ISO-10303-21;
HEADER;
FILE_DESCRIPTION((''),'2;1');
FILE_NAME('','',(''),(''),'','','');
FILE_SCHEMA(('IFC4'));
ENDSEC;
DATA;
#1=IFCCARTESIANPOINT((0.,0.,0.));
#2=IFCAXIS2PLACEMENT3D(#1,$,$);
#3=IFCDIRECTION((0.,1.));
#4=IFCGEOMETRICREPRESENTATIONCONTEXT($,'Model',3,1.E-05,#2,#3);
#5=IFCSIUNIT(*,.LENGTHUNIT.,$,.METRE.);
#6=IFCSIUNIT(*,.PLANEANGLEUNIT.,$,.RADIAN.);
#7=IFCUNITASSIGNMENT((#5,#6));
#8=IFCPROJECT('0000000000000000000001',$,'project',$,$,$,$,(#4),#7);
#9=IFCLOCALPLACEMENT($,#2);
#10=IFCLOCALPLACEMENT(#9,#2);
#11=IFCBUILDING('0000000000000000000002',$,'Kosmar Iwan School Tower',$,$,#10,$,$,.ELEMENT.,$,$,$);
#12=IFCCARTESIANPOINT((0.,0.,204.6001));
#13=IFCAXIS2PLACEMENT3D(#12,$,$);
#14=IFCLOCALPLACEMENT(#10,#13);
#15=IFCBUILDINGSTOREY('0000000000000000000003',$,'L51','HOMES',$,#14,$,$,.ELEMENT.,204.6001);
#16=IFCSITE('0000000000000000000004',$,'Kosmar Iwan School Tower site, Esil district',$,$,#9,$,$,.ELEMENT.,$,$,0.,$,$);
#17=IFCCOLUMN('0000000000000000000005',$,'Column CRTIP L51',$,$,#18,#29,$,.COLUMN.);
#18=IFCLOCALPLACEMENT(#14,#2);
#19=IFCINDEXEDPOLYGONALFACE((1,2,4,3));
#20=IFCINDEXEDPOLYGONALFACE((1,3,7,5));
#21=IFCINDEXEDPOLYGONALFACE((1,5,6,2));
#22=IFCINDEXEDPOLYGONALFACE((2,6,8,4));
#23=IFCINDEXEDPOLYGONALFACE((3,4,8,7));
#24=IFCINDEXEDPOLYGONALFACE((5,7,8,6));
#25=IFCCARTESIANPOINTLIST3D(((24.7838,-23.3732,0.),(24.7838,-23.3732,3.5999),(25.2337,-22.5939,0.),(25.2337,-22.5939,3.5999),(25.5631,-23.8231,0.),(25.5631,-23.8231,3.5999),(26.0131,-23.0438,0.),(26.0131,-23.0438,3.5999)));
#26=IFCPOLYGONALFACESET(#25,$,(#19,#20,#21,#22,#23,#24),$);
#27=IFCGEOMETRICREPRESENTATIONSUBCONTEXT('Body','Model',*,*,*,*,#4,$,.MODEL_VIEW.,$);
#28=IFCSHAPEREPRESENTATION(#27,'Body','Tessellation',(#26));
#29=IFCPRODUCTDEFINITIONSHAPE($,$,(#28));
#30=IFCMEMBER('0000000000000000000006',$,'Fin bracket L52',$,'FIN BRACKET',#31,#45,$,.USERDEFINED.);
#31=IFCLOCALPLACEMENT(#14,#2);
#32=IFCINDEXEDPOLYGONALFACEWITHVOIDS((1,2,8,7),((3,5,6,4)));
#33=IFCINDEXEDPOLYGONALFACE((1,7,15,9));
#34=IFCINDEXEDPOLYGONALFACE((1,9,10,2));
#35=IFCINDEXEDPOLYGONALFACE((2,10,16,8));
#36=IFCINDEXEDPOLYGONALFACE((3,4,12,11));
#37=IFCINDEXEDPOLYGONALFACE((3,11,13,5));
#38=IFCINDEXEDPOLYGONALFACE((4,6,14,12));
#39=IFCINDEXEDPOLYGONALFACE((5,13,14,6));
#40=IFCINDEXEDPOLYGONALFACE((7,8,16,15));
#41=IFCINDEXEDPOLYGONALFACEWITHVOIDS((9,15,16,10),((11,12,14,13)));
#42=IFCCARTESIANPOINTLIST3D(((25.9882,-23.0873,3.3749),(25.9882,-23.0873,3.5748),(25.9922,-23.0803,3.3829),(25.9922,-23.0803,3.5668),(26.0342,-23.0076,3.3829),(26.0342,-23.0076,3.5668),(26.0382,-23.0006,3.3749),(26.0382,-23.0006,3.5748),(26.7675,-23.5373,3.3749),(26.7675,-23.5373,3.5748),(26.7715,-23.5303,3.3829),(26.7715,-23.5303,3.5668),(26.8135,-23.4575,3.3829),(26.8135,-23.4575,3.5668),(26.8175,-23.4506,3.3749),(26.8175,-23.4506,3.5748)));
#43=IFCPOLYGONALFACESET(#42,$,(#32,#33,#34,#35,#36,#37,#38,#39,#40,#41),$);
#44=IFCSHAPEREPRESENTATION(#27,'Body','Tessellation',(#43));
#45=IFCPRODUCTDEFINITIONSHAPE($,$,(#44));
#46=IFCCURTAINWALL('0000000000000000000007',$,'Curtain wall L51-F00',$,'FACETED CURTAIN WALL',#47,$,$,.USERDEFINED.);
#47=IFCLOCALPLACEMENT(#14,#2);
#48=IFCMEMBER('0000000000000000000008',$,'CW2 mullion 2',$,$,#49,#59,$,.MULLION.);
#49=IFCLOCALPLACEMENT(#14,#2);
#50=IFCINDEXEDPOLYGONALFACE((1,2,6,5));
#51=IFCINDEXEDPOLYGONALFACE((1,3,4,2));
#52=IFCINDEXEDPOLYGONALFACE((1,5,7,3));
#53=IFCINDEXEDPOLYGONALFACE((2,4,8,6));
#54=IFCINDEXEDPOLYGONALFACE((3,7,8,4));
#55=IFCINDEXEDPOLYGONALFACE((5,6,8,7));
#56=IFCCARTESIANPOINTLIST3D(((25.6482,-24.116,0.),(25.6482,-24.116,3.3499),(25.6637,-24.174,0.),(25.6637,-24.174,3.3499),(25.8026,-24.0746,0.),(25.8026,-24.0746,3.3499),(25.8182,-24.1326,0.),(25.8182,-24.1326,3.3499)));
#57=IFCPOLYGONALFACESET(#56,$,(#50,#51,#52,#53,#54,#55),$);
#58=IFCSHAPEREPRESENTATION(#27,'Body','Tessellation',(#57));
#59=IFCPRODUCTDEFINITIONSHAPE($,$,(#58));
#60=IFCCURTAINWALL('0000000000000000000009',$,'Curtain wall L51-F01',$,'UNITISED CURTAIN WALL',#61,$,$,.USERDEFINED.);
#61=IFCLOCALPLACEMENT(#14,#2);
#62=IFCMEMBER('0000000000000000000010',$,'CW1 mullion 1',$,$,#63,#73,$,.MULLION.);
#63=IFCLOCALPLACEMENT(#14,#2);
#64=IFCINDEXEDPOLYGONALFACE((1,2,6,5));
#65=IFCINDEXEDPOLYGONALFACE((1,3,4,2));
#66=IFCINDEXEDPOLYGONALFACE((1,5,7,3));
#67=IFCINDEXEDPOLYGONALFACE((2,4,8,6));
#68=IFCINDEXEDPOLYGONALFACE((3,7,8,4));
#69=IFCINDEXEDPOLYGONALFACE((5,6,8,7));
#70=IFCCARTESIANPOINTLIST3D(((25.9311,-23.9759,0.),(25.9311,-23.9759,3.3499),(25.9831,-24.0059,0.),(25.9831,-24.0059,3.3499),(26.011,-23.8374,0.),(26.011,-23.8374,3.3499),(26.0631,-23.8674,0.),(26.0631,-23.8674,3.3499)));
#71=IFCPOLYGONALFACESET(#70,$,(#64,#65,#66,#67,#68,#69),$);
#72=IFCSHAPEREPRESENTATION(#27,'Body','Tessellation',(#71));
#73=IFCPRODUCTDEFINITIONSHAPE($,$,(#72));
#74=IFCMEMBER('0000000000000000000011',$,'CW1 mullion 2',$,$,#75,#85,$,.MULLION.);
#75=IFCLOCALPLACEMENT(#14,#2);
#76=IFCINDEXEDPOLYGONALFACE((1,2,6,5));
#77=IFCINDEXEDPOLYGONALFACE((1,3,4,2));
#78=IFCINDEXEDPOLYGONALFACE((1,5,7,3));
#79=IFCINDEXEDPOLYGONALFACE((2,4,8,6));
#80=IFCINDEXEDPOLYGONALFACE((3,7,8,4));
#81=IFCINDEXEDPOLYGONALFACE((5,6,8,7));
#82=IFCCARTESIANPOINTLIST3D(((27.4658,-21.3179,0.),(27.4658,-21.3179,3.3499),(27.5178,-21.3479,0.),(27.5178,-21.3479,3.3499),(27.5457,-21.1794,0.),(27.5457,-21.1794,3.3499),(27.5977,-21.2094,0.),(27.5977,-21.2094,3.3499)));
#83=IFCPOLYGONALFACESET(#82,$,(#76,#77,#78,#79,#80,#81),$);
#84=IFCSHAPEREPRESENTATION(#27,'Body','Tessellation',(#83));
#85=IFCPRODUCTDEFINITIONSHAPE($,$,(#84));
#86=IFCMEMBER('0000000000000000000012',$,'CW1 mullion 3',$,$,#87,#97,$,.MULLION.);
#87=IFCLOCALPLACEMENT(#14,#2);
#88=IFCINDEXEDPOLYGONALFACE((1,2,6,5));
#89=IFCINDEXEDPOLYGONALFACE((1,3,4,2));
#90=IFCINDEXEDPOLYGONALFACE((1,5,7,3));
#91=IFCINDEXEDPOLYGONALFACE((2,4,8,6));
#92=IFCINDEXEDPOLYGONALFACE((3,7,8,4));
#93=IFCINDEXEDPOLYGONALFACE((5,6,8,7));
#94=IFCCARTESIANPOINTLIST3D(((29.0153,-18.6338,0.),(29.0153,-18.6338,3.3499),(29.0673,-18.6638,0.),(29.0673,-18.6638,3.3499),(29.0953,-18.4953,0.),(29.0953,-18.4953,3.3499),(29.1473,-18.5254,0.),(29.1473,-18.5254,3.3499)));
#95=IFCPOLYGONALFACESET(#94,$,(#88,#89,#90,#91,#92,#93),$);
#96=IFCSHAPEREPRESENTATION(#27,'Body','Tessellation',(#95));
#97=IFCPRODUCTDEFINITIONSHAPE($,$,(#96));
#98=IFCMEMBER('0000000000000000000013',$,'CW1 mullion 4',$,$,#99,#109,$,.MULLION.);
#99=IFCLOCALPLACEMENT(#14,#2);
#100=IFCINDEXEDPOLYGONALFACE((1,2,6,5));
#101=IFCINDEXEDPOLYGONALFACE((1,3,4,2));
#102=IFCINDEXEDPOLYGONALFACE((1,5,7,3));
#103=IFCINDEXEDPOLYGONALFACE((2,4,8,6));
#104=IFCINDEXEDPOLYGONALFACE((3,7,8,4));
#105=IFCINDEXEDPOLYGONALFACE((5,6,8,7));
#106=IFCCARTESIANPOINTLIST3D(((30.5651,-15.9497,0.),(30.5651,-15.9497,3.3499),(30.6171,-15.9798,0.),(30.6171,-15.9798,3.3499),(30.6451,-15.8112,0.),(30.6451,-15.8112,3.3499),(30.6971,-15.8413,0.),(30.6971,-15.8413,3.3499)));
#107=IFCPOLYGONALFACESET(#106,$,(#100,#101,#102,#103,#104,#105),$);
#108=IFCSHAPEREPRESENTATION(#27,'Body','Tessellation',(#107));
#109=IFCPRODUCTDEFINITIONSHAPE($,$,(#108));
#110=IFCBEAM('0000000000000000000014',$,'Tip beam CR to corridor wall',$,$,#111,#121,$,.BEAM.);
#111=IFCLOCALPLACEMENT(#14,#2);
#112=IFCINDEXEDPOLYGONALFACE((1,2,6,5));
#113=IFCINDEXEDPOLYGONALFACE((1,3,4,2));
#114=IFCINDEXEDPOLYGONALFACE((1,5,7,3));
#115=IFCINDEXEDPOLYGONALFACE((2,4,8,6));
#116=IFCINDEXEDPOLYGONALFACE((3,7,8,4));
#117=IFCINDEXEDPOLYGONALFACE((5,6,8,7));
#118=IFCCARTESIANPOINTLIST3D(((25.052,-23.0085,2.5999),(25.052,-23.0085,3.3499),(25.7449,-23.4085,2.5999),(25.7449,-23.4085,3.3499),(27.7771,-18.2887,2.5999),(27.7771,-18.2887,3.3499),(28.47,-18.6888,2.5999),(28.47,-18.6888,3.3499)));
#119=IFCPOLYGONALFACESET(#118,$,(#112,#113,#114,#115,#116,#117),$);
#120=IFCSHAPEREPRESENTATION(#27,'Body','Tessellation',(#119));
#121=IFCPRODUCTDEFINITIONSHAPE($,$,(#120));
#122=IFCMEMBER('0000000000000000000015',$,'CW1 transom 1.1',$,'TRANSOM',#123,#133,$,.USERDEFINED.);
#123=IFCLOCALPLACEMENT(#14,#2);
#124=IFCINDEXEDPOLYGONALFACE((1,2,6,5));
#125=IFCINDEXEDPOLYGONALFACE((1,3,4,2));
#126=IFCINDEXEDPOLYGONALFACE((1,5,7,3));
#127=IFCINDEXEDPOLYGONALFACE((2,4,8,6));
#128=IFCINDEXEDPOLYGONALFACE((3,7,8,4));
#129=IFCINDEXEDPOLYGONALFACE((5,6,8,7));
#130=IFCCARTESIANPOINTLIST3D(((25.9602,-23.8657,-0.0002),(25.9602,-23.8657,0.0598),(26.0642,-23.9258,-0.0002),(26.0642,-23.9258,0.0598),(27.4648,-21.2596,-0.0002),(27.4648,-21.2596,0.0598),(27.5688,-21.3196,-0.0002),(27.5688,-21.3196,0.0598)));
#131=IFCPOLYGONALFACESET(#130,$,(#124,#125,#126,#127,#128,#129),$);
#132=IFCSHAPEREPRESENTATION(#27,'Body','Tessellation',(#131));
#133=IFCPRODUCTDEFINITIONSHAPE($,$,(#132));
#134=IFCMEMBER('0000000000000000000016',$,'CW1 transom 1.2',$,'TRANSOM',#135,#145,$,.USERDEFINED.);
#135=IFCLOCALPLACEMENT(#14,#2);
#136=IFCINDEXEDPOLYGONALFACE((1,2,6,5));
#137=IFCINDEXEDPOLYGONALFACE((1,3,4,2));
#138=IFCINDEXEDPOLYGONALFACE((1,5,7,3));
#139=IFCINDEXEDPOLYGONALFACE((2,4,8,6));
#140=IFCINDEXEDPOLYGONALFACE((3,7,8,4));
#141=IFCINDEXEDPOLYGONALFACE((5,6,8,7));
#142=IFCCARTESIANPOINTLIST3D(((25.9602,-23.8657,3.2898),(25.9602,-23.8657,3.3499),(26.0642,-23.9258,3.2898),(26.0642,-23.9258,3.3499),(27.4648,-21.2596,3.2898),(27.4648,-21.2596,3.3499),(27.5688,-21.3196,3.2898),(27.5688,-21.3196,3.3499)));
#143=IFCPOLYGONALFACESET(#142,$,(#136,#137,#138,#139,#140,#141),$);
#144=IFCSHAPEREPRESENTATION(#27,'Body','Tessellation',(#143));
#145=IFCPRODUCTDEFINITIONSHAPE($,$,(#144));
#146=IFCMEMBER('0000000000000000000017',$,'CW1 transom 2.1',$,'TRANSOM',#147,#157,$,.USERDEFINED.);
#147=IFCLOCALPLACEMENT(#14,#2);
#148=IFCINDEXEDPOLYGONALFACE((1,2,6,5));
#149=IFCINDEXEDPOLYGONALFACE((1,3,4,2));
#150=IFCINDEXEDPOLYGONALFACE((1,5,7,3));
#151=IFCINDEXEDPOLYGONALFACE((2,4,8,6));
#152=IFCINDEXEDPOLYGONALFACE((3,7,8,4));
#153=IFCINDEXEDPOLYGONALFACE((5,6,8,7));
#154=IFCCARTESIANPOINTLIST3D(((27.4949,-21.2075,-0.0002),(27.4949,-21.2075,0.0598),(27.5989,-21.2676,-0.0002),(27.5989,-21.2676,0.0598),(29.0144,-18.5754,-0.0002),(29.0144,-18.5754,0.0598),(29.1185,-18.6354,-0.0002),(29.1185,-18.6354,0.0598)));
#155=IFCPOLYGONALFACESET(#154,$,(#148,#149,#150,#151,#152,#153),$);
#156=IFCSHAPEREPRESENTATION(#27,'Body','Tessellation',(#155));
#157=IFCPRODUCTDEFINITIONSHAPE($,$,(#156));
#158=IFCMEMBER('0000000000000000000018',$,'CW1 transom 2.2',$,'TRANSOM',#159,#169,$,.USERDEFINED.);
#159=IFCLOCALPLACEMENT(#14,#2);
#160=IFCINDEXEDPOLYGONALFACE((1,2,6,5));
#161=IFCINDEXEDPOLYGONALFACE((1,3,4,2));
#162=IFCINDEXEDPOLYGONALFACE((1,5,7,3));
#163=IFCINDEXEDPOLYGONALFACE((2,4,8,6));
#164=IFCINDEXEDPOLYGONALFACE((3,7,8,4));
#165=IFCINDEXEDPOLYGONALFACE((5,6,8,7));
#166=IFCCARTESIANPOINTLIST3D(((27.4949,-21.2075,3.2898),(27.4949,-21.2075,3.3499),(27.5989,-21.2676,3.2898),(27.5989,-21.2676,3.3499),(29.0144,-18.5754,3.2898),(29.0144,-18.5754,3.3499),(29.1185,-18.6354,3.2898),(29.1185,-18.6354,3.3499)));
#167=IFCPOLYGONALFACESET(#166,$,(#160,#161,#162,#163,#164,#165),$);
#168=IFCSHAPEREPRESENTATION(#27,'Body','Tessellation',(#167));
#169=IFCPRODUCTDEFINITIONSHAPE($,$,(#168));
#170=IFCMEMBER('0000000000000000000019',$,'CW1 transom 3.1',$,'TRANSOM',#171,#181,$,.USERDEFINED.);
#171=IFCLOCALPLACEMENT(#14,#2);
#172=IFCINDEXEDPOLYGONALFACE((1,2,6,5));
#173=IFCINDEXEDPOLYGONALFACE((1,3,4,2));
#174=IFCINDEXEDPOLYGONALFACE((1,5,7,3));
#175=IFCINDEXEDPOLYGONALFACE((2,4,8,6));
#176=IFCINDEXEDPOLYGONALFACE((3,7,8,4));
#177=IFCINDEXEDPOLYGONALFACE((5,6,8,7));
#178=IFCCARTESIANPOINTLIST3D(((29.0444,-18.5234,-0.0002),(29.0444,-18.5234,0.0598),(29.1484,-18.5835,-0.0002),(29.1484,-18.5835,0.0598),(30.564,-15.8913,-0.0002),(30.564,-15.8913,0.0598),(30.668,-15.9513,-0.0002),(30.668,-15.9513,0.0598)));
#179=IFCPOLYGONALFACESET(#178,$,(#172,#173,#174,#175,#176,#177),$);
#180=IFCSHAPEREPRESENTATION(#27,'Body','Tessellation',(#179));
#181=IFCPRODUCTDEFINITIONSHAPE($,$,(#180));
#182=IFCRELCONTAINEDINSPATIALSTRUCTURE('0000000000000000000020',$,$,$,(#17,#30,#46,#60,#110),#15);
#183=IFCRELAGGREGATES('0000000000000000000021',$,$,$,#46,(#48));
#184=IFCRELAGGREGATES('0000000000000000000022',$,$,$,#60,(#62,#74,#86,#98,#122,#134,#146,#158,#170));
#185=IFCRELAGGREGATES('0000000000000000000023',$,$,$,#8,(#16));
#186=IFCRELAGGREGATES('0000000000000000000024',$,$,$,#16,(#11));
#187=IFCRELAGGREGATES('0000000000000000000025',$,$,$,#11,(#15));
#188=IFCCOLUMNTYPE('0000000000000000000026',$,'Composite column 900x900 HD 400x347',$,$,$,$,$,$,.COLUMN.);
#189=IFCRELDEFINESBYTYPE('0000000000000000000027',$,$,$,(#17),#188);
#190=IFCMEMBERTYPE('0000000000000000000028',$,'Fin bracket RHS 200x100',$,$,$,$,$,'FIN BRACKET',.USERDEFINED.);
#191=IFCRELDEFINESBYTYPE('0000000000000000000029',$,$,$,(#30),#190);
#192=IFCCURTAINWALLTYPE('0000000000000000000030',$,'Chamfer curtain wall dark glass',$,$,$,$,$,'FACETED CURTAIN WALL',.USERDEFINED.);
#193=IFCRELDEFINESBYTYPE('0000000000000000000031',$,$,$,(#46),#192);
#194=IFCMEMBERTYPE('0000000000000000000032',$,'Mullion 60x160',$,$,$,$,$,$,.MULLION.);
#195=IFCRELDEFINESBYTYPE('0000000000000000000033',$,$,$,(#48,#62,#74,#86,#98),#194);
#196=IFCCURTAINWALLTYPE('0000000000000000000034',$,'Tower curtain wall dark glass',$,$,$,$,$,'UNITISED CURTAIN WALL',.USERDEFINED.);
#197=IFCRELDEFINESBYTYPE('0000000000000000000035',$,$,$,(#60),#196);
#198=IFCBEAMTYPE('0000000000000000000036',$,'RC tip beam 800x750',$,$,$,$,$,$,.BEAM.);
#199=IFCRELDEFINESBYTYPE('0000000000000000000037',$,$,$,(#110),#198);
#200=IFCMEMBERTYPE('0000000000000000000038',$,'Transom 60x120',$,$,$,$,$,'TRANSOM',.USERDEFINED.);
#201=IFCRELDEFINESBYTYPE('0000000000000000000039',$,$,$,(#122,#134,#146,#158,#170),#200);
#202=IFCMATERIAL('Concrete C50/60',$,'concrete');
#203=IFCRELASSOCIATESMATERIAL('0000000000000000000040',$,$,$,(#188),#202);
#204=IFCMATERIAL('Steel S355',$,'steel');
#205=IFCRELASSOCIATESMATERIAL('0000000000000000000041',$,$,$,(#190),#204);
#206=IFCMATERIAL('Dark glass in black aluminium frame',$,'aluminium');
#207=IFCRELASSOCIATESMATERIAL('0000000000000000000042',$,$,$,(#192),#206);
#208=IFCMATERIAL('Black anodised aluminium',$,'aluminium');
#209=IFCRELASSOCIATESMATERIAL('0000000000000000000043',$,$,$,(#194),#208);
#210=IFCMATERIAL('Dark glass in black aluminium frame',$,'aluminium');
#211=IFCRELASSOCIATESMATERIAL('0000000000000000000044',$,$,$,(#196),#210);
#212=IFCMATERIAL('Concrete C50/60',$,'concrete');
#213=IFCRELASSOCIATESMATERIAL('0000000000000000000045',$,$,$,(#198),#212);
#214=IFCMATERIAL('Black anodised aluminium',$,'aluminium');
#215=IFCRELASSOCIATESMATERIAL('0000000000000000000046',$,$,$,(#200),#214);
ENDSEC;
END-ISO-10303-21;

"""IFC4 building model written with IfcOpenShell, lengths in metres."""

from ifc_helpers import new_model, si_unit, direction, frame, origin, origin_2d, place, context, subcontext, project, spatial, rectangle, hollow_rectangle, extrude, material, material_profile, profile_set, type_object, element, aggregate, save


model = new_model("IFC4")

# Units and contexts
model_context = context("Model", 3, precision=1e-05, world=origin(), true_north=direction((0.0, 1.0)))
body_context = subcontext(model_context, "Body", "Model", "MODEL_VIEW")
ifc_project = project(units=[si_unit("LENGTHUNIT", "METRE"), si_unit("PLANEANGLEUNIT", "RADIAN")], contexts=[model_context])

# Site, building, storey
site_placement = place(None, origin())
site = spatial("IfcSite", under=ifc_project, at=site_placement, Name="Kosmar Iwan School Tower site, Esil district", CompositionType="ELEMENT", RefElevation=0.0)
building_placement = place(site_placement, origin())
building = spatial("IfcBuilding", under=site, at=building_placement, Name="Kosmar Iwan School Tower", CompositionType="ELEMENT")
storey_placement = place(building_placement, frame((0.0, 0.0, 204.6001)))
storey = spatial("IfcBuildingStorey", under=building, at=storey_placement, Name="L51", Description="HOMES", CompositionType="ELEMENT", Elevation=204.6001)

# Column
ifc_material_1 = material(Name="Concrete C50/60", Category="concrete")
ifc_material_profile_1 = material_profile(ifc_material_1, rectangle(XDim=0.8999, YDim=0.8999, at=origin_2d()), Name="RC 900x900 + HD 400x347")
ifc_profile_set_1 = profile_set([ifc_material_profile_1], Name="Concrete C50/60")
column_type = type_object("IfcColumnType", Name="Composite column 900x900 HD 400x347", PredefinedType="COLUMN", material=ifc_profile_set_1)
column_placement = place(storey_placement, frame((25.3984, -23.2085, 0.0), z_axis=(0.0, 0.0, 1.0), x_axis=(0.866025, -0.5, 0.0)))
element("IfcColumn", 1, at=column_placement, inside=storey, type_object=column_type, Name="Column CRTIP L51", PredefinedType="COLUMN", context=body_context, shape_type="SweptSolid", body=[
    extrude(rectangle(XDim=0.8999, YDim=0.8999, at=origin_2d()), origin(), (0.0, 0.0, 1.0), 3.5999),
])

# Member
ifc_material_2 = material(Name="Steel S355", Category="steel")
ifc_material_profile_2 = material_profile(ifc_material_2, hollow_rectangle(XDim=0.1001, YDim=0.2, WallThickness=0.0081, at=origin_2d()), Name="RHS 200x100x8")
ifc_profile_set_2 = profile_set([ifc_material_profile_2], Name="Steel S355")
member_type_1 = type_object("IfcMemberType", Name="Fin bracket RHS 200x100", ElementType="FIN BRACKET", PredefinedType="USERDEFINED", material=ifc_profile_set_2)
member_1_placement = place(storey_placement, frame((26.0132, -23.0439, 3.4749), z_axis=(0.866014, -0.50002, 0.0), x_axis=(0.50002, 0.866014, 0.0)))
element("IfcMember", 2, at=member_1_placement, inside=storey, type_object=member_type_1, Name="Fin bracket L52", ObjectType="FIN BRACKET", PredefinedType="USERDEFINED", context=body_context, shape_type="SweptSolid", body=[
    extrude(hollow_rectangle(XDim=0.1001, YDim=0.2, WallThickness=0.0081, at=origin_2d()), origin(), (0.0, 0.0, 1.0), 0.8999),
])

# Curtain wall, member
ifc_material_3 = material(Name="Dark glass in black aluminium frame", Category="aluminium")
curtain_wall_type_1 = type_object("IfcCurtainWallType", Name="Chamfer curtain wall dark glass", ElementType="FACETED CURTAIN WALL", PredefinedType="USERDEFINED", material=ifc_material_3)
curtain_wall_1_placement = place(storey_placement, origin())
curtain_wall_1 = element("IfcCurtainWall", 3, at=curtain_wall_1_placement, inside=storey, type_object=curtain_wall_type_1, Name="Curtain wall L51-F00", ObjectType="FACETED CURTAIN WALL", PredefinedType="USERDEFINED")
ifc_material_4 = material(Name="Black anodised aluminium", Category="aluminium")
ifc_material_profile_3 = material_profile(ifc_material_4, rectangle(XDim=0.0601, YDim=0.1599, at=origin_2d()), Name="MULLION 60x160")
ifc_profile_set_3 = profile_set([ifc_material_profile_3], Name="Black anodised aluminium")
member_type_2 = type_object("IfcMemberType", Name="Mullion 60x160", PredefinedType="MULLION", material=ifc_profile_set_3)
member_2_placement = place(storey_placement, frame((25.7332, -24.1243, 0.0), z_axis=(0.0, 0.0, 1.0), x_axis=(-0.258819, 0.965926, 0.0)))
member_2 = element("IfcMember", 4, at=member_2_placement, type_object=member_type_2, Name="CW2 mullion 2", PredefinedType="MULLION", context=body_context, shape_type="SweptSolid", body=[
    extrude(rectangle(XDim=0.0601, YDim=0.1599, at=origin_2d()), origin(), (0.0, 0.0, 1.0), 3.3499),
])

# Curtain wall, members
ifc_material_5 = material(Name="Dark glass in black aluminium frame", Category="aluminium")
curtain_wall_type_2 = type_object("IfcCurtainWallType", Name="Tower curtain wall dark glass", ElementType="UNITISED CURTAIN WALL", PredefinedType="USERDEFINED", material=ifc_material_5)
curtain_wall_2_placement = place(storey_placement, origin())
curtain_wall_2 = element("IfcCurtainWall", 5, at=curtain_wall_2_placement, inside=storey, type_object=curtain_wall_type_2, Name="Curtain wall L51-F01", ObjectType="UNITISED CURTAIN WALL", PredefinedType="USERDEFINED")
member_3_placement = place(storey_placement, frame((25.9971, -23.9216, 0.0), z_axis=(0.0, 0.0, 1.0), x_axis=(-0.866025, 0.5, 0.0)))
member_3 = element("IfcMember", 6, at=member_3_placement, type_object=member_type_2, Name="CW1 mullion 1", PredefinedType="MULLION", context=body_context, shape_type="SweptSolid", body=[
    extrude(rectangle(XDim=0.0601, YDim=0.1599, at=origin_2d()), origin(), (0.0, 0.0, 1.0), 3.3499),
])
member_4_placement = place(storey_placement, frame((27.5317, -21.2637, 0.0), z_axis=(0.0, 0.0, 1.0), x_axis=(-0.866025, 0.5, 0.0)))
member_4 = element("IfcMember", 7, at=member_4_placement, type_object=member_type_2, Name="CW1 mullion 2", PredefinedType="MULLION", context=body_context, shape_type="SweptSolid", body=[
    extrude(rectangle(XDim=0.0601, YDim=0.1599, at=origin_2d()), origin(), (0.0, 0.0, 1.0), 3.3499),
])
member_5_placement = place(storey_placement, frame((29.0813, -18.5796, 0.0), z_axis=(0.0, 0.0, 1.0), x_axis=(-0.866025, 0.5, 0.0)))
member_5 = element("IfcMember", 8, at=member_5_placement, type_object=member_type_2, Name="CW1 mullion 3", PredefinedType="MULLION", context=body_context, shape_type="SweptSolid", body=[
    extrude(rectangle(XDim=0.0601, YDim=0.1599, at=origin_2d()), origin(), (0.0, 0.0, 1.0), 3.3499),
])
member_6_placement = place(storey_placement, frame((30.6311, -15.8955, 0.0), z_axis=(0.0, 0.0, 1.0), x_axis=(-0.866025, 0.5, 0.0)))
member_6 = element("IfcMember", 9, at=member_6_placement, type_object=member_type_2, Name="CW1 mullion 4", PredefinedType="MULLION", context=body_context, shape_type="SweptSolid", body=[
    extrude(rectangle(XDim=0.0601, YDim=0.1599, at=origin_2d()), origin(), (0.0, 0.0, 1.0), 3.3499),
])

# Beam
ifc_material_6 = material(Name="Concrete C50/60", Category="concrete")
ifc_material_profile_4 = material_profile(ifc_material_6, rectangle(XDim=0.8, YDim=0.75, at=origin_2d()), Name="RC 800x750")
ifc_profile_set_4 = profile_set([ifc_material_profile_4], Name="Concrete C50/60")
beam_type = type_object("IfcBeamType", Name="RC tip beam 800x750", PredefinedType="BEAM", material=ifc_profile_set_4)
beam_placement = place(storey_placement, frame((25.3984, -23.2085, 2.9749), z_axis=(0.500022, 0.866013, 0.0), x_axis=(-0.866013, 0.500022, 0.0)))
element("IfcBeam", 10, at=beam_placement, inside=storey, type_object=beam_type, Name="Tip beam CR to corridor wall", PredefinedType="BEAM", context=body_context, shape_type="SweptSolid", body=[
    extrude(rectangle(XDim=0.8, YDim=0.75, at=origin_2d()), origin(), (0.0, 0.0, 1.0), 5.45),
])

# Members
ifc_material_7 = material(Name="Black anodised aluminium", Category="aluminium")
ifc_material_profile_5 = material_profile(ifc_material_7, rectangle(XDim=0.1201, YDim=0.0601, at=origin_2d()), Name="TRANSOM 60x120")
ifc_profile_set_5 = profile_set([ifc_material_profile_5], Name="Black anodised aluminium")
member_type_3 = type_object("IfcMemberType", Name="Transom 60x120", ElementType="TRANSOM", PredefinedType="USERDEFINED", material=ifc_profile_set_5)
member_7_placement = place(storey_placement, frame((26.0122, -23.8958, 0.0298), z_axis=(0.499987, 0.866033, 0.0), x_axis=(-0.866033, 0.499987, 0.0)))
member_7 = element("IfcMember", 11, at=member_7_placement, type_object=member_type_3, Name="CW1 transom 1.1", ObjectType="TRANSOM", PredefinedType="USERDEFINED", context=body_context, shape_type="SweptSolid", body=[
    extrude(rectangle(XDim=0.1201, YDim=0.0601, at=origin_2d()), origin(), (0.0, 0.0, 1.0), 3.0093),
])
member_8_placement = place(storey_placement, frame((26.0122, -23.8958, 3.3198), z_axis=(0.499987, 0.866033, 0.0), x_axis=(-0.866033, 0.499987, 0.0)))
member_8 = element("IfcMember", 12, at=member_8_placement, type_object=member_type_3, Name="CW1 transom 1.2", ObjectType="TRANSOM", PredefinedType="USERDEFINED", context=body_context, shape_type="SweptSolid", body=[
    extrude(rectangle(XDim=0.1201, YDim=0.0601, at=origin_2d()), origin(), (0.0, 0.0, 1.0), 3.0093),
])
member_9_placement = place(storey_placement, frame((27.5469, -21.2375, 0.0298), z_axis=(0.499975, 0.86604, 0.0), x_axis=(-0.86604, 0.499975, 0.0)))
member_9 = element("IfcMember", 13, at=member_9_placement, type_object=member_type_3, Name="CW1 transom 2.1", ObjectType="TRANSOM", PredefinedType="USERDEFINED", context=body_context, shape_type="SweptSolid", body=[
    extrude(rectangle(XDim=0.1201, YDim=0.0601, at=origin_2d()), origin(), (0.0, 0.0, 1.0), 3.0393),
])
member_10_placement = place(storey_placement, frame((27.5469, -21.2375, 3.3198), z_axis=(0.499975, 0.86604, 0.0), x_axis=(-0.86604, 0.499975, 0.0)))
member_10 = element("IfcMember", 14, at=member_10_placement, type_object=member_type_3, Name="CW1 transom 2.2", ObjectType="TRANSOM", PredefinedType="USERDEFINED", context=body_context, shape_type="SweptSolid", body=[
    extrude(rectangle(XDim=0.1201, YDim=0.0601, at=origin_2d()), origin(), (0.0, 0.0, 1.0), 3.0393),
])
member_11_placement = place(storey_placement, frame((29.0964, -18.5535, 0.0298), z_axis=(0.499975, 0.86604, 0.0), x_axis=(-0.86604, 0.499975, 0.0)))
member_11 = element("IfcMember", 15, at=member_11_placement, type_object=member_type_3, Name="CW1 transom 3.1", ObjectType="TRANSOM", PredefinedType="USERDEFINED", context=body_context, shape_type="SweptSolid", body=[
    extrude(rectangle(XDim=0.1201, YDim=0.0601, at=origin_2d()), origin(), (0.0, 0.0, 1.0), 3.0393),
])

aggregate(curtain_wall_1, [member_2])
aggregate(curtain_wall_2, [member_3, member_4, member_5, member_6, member_7, member_8, member_9, member_10, member_11])

save(model, "model.ifc")
